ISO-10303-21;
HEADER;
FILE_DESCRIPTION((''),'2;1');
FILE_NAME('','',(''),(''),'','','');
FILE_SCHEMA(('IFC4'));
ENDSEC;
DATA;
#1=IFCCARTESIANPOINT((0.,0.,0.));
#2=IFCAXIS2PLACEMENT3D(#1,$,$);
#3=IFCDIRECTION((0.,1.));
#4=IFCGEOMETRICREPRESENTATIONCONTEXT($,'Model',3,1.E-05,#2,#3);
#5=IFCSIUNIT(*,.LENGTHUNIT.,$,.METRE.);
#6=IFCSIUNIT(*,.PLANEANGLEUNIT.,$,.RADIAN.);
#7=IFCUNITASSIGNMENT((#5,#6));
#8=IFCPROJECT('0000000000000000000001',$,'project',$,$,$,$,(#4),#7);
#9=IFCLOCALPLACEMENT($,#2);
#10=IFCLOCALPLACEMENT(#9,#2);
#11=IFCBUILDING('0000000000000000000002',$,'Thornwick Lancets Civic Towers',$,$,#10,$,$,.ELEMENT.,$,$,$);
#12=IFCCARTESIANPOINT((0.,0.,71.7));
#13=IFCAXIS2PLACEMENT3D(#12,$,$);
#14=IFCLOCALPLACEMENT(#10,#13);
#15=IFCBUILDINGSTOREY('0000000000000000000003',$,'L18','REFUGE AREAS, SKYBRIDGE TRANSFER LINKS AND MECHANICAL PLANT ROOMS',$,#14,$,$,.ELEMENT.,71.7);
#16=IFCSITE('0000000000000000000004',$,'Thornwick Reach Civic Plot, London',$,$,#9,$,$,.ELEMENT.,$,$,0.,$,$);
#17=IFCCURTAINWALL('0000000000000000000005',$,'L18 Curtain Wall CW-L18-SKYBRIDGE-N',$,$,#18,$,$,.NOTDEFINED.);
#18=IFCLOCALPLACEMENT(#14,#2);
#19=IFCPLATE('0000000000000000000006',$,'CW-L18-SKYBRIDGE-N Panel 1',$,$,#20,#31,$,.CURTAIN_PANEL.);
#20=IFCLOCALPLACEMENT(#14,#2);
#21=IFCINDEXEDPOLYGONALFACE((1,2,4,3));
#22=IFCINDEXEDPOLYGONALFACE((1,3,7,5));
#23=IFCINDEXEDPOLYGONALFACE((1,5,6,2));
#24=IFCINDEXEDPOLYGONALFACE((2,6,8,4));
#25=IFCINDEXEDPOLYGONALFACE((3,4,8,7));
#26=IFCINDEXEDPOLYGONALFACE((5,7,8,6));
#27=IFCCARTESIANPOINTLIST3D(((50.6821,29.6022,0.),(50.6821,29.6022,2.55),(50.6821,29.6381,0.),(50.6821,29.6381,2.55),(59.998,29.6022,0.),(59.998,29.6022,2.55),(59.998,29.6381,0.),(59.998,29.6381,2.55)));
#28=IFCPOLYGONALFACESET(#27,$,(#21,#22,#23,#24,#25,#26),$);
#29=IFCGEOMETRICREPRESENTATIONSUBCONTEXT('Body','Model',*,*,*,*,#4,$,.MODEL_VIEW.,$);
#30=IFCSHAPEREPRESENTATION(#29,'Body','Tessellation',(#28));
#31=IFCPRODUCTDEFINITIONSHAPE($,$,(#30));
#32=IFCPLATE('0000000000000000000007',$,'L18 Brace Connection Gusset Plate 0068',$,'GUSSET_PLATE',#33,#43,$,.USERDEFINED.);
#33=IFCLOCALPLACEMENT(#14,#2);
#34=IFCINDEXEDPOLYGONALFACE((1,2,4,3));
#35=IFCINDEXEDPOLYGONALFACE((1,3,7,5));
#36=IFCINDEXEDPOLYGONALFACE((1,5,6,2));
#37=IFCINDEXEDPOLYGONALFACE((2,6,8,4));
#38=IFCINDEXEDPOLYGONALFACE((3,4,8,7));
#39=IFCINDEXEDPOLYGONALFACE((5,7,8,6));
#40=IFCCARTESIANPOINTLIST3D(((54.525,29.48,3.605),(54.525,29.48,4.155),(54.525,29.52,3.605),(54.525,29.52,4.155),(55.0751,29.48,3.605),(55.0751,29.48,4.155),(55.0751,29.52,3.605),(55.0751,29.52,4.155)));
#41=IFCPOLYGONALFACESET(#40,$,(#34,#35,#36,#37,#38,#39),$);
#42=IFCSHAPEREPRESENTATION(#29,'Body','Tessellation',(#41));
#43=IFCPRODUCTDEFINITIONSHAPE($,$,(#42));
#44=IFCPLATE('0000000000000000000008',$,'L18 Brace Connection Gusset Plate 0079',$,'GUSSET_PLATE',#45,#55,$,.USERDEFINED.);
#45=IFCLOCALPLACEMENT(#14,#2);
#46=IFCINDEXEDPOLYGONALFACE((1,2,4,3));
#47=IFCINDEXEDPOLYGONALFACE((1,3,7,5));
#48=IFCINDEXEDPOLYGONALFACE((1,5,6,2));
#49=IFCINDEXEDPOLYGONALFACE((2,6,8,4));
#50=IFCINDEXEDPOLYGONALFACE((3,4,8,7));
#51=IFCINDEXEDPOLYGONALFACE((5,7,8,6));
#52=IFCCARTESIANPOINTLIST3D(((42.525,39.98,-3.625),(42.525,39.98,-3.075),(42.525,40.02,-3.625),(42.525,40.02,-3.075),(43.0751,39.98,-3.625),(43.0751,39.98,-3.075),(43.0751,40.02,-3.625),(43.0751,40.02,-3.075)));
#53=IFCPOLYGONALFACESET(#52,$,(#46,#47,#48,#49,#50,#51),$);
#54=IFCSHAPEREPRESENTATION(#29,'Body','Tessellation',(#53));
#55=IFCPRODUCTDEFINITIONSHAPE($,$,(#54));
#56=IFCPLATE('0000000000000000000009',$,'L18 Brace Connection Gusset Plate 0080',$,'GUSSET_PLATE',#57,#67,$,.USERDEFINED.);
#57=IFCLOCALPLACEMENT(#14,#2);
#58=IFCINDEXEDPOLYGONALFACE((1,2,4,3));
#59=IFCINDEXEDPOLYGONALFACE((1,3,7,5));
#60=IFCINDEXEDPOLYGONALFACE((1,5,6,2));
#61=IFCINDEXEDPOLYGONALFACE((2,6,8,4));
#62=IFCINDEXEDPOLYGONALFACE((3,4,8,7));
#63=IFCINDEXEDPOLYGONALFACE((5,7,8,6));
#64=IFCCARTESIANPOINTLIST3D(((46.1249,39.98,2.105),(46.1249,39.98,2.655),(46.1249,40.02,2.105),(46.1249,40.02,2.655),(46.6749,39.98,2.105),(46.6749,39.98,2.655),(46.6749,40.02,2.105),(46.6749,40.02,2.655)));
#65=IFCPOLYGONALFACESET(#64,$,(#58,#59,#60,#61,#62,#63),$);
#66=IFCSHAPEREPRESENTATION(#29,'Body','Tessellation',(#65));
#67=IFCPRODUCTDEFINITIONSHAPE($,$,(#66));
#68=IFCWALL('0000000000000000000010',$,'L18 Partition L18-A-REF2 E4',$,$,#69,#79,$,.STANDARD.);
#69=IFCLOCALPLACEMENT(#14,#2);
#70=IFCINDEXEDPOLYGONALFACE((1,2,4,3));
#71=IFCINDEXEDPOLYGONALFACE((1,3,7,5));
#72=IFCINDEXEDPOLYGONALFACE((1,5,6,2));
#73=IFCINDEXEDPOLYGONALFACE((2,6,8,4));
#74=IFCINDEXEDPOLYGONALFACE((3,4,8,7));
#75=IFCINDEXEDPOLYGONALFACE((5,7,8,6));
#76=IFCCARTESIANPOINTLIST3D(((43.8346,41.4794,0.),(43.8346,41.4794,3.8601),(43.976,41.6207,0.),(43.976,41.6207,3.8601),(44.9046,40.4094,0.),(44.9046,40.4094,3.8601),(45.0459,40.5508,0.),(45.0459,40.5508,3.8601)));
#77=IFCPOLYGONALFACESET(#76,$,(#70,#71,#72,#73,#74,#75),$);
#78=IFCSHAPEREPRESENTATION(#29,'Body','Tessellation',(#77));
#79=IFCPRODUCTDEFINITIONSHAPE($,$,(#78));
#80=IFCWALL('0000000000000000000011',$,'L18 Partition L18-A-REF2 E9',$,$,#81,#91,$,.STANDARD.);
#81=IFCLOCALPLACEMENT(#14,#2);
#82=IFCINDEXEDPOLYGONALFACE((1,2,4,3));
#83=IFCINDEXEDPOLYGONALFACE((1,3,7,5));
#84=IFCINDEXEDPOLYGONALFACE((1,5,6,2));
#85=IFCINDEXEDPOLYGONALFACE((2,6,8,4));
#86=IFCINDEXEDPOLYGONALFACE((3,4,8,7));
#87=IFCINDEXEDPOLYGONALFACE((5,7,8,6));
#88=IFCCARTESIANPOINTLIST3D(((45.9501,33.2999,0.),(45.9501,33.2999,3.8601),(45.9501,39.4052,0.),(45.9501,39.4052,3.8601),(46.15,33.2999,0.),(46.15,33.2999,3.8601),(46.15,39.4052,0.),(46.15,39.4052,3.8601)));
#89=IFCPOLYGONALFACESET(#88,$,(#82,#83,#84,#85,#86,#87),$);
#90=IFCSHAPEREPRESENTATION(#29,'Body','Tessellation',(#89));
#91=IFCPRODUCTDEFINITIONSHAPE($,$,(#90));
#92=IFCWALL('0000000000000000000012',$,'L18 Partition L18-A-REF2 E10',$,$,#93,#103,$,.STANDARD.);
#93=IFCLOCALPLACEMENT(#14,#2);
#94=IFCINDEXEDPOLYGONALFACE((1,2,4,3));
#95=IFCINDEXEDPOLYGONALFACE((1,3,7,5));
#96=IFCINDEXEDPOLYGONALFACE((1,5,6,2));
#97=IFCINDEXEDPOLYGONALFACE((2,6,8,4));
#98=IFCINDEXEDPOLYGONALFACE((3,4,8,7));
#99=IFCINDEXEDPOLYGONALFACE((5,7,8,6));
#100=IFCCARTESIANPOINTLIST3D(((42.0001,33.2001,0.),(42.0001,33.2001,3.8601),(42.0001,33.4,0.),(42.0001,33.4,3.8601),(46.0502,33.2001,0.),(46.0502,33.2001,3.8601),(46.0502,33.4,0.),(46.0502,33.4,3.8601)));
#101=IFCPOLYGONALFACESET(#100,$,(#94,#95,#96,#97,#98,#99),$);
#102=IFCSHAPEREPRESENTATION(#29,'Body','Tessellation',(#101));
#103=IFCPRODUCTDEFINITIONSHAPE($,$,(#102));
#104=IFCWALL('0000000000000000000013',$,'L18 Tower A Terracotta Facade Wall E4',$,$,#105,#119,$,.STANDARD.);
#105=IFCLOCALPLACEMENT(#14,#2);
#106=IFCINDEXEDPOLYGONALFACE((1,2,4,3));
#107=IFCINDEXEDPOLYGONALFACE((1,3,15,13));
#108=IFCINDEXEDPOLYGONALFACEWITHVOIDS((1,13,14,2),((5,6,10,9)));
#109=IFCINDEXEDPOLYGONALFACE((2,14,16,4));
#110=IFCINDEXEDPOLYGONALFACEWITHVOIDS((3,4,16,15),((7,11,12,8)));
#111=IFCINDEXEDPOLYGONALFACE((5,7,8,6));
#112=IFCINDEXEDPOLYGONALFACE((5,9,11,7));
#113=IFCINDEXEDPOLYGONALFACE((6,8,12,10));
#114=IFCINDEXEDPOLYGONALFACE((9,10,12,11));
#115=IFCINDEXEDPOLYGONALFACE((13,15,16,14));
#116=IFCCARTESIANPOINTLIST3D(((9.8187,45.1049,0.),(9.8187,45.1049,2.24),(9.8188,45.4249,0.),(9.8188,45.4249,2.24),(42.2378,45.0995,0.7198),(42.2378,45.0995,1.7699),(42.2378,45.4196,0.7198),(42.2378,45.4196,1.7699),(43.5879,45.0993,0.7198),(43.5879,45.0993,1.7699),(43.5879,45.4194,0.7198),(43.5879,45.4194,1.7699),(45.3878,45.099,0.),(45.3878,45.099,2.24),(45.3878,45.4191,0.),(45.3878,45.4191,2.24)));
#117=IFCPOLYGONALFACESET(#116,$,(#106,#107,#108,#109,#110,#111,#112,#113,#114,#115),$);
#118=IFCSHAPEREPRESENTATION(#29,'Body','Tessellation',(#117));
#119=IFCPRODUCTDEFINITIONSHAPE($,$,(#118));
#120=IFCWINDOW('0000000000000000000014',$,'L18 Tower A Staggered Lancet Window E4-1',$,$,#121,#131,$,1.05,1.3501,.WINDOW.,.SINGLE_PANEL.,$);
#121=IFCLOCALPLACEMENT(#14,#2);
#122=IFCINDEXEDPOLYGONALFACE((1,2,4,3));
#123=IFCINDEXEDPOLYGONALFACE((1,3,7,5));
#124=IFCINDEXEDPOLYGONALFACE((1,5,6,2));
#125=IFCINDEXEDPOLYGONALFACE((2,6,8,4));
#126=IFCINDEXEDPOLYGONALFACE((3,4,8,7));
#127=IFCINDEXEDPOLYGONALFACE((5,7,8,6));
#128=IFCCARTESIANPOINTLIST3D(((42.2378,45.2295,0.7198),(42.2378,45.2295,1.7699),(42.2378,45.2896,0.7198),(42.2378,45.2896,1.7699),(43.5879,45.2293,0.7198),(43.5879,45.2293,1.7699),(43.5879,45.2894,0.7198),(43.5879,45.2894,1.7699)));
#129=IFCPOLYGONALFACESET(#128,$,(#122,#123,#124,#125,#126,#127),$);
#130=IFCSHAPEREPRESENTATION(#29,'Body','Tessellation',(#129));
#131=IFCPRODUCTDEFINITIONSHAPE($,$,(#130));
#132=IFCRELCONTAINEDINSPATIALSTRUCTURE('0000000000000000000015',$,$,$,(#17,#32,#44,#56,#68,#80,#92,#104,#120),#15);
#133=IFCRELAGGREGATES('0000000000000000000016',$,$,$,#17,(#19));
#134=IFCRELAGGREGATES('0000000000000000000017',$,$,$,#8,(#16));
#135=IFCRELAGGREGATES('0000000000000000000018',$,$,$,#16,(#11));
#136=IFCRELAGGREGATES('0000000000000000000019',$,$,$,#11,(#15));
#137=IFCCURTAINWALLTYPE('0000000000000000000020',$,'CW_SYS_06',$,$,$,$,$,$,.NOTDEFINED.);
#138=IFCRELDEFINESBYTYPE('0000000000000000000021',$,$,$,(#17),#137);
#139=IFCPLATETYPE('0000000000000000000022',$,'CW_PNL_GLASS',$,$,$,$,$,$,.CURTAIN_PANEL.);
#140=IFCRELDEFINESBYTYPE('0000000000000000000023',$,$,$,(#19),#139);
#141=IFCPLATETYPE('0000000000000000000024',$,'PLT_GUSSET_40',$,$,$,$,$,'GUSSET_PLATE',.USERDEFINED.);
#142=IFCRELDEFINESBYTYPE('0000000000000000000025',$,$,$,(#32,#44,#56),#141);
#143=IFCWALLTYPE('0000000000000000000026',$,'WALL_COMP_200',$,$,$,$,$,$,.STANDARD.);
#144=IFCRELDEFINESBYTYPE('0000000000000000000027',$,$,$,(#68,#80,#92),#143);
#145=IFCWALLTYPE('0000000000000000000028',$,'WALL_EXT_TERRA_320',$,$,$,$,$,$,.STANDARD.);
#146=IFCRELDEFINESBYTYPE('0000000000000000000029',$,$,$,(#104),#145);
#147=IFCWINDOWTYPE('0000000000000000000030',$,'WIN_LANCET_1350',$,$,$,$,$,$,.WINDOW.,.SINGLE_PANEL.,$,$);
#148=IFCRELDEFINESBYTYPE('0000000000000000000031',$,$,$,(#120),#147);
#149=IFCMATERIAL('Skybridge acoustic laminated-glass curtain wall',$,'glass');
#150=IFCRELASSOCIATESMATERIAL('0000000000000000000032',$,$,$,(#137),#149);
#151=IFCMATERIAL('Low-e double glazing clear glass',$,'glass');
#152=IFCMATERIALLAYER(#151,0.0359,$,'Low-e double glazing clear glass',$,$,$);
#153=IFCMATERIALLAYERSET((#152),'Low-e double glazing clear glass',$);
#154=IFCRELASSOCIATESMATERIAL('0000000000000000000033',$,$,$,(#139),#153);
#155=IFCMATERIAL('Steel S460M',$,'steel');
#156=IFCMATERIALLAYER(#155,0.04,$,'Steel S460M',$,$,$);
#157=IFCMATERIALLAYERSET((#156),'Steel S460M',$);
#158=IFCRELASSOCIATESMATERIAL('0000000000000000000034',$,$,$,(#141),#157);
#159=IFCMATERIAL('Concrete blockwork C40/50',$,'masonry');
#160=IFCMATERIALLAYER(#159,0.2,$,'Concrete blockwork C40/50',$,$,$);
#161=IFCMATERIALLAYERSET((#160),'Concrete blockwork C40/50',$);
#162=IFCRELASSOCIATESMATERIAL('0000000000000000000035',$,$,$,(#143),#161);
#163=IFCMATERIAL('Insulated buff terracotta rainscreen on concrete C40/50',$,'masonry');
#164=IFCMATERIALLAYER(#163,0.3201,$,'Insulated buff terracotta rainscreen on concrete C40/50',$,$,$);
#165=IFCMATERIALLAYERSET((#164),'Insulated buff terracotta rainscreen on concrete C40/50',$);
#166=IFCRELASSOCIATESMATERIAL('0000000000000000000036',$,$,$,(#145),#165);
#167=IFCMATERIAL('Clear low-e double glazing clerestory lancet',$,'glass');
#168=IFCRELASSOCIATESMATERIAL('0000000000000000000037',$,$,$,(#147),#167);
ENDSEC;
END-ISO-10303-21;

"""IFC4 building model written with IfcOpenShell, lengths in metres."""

from ifc_helpers import new_model, si_unit, direction, frame, frame_2d, origin, origin_2d, place, context, subcontext, project, spatial, rectangle, extrude, material, layer, layer_set, type_object, element, fill, aggregate, save


model = new_model("IFC4")

# Units and contexts
model_context = context("Model", 3, precision=1e-05, world=origin(), true_north=direction((0.0, 1.0)))
body_context = subcontext(model_context, "Body", "Model", "MODEL_VIEW")
ifc_project = project(units=[si_unit("LENGTHUNIT", "METRE"), si_unit("PLANEANGLEUNIT", "RADIAN")], contexts=[model_context])

# Site, building, storey
site_placement = place(None, origin())
site = spatial("IfcSite", under=ifc_project, at=site_placement, Name="Thornwick Reach Civic Plot, London", CompositionType="ELEMENT", RefElevation=0.0)
building_placement = place(site_placement, origin())
building = spatial("IfcBuilding", under=site, at=building_placement, Name="Thornwick Lancets Civic Towers", CompositionType="ELEMENT")
storey_placement = place(building_placement, frame((0.0, 0.0, 71.7)))
storey = spatial("IfcBuildingStorey", under=building, at=storey_placement, Name="L18", Description="REFUGE AREAS, SKYBRIDGE TRANSFER LINKS AND MECHANICAL PLANT ROOMS", CompositionType="ELEMENT", Elevation=71.7)

# Shared definitions
ifc_material_1 = material(Name="Steel S460M", Category="steel")

# Curtain wall
ifc_material_2 = material(Name="Skybridge acoustic laminated-glass curtain wall", Category="glass")
curtain_wall_type_1 = type_object("IfcCurtainWallType", Name="CW_SYS_06", PredefinedType="NOTDEFINED", material=ifc_material_2)
curtain_wall_1_placement = place(storey_placement, origin())
curtain_wall_1 = element("IfcCurtainWall", 1, at=curtain_wall_1_placement, inside=storey, type_object=curtain_wall_type_1, Name="L18 Curtain Wall CW-L18-SKYBRIDGE-N", PredefinedType="NOTDEFINED")

# Plate
ifc_material_3 = material(Name="Low-e double glazing clear glass", Category="glass")
ifc_layer_1 = layer(ifc_material_3, 0.0359, Name="Low-e double glazing clear glass")
ifc_layer_set_1 = layer_set([ifc_layer_1], Name="Low-e double glazing clear glass")
plate_type_1 = type_object("IfcPlateType", Name="CW_PNL_GLASS", PredefinedType="CURTAIN_PANEL", material=ifc_layer_set_1)
plate_1_placement = place(storey_placement, frame((55.3401, 29.6201, 0.0), z_axis=(0.0, 0.0, 1.0), x_axis=(-1.0, 0.0, 0.0)))
plate_1 = element("IfcPlate", 2, at=plate_1_placement, type_object=plate_type_1, Name="CW-L18-SKYBRIDGE-N Panel 1", PredefinedType="CURTAIN_PANEL", context=body_context, shape_type="SweptSolid", body=[
    extrude(rectangle(XDim=9.3159, YDim=0.0359, at=origin_2d()), origin(), (0.0, 0.0, 1.0), 2.55),
])
aggregate(curtain_wall_1, [plate_1])

# Plates
ifc_layer_2 = layer(ifc_material_1, 0.04, Name="Steel S460M")
ifc_layer_set_2 = layer_set([ifc_layer_2], Name="Steel S460M")
plate_type_2 = type_object("IfcPlateType", Name="PLT_GUSSET_40", ElementType="GUSSET_PLATE", PredefinedType="USERDEFINED", material=ifc_layer_set_2)
for number, where, z_axis, x_axis, name in (
    (3, (54.8, 29.5, 3.605), (0.0, 0.0, 1.0), (1.0, 0.0, 0.0), "L18 Brace Connection Gusset Plate 0068"),
    (4, (42.8, 40.0, -3.625), (0.0, 0.0, 1.0), (1.0, 0.0, 0.0), "L18 Brace Connection Gusset Plate 0079"),
    (5, (46.3999, 40.0, 2.105), (0.0, 0.0, 1.0), (1.0, 0.0, 0.0), "L18 Brace Connection Gusset Plate 0080"),
):
    element("IfcPlate", number, at=place(storey_placement, frame(where, z_axis=z_axis, x_axis=x_axis)), inside=storey, type_object=plate_type_2, Name=name, ObjectType="GUSSET_PLATE", PredefinedType="USERDEFINED", context=body_context, shape_type="SweptSolid", body=[
        extrude(rectangle(XDim=0.55, YDim=0.04, at=origin_2d()), origin(), (0.0, 0.0, 1.0), 0.55),
    ])

# Walls
ifc_material_4 = material(Name="Concrete blockwork C40/50", Category="masonry")
ifc_layer_3 = layer(ifc_material_4, 0.2, Name="Concrete blockwork C40/50")
ifc_layer_set_3 = layer_set([ifc_layer_3], Name="Concrete blockwork C40/50")
wall_type_1 = type_object("IfcWallType", Name="WALL_COMP_200", PredefinedType="STANDARD", material=ifc_layer_set_3)
wall_1_placement = place(storey_placement, frame((43.9053, 41.55, 0.0), z_axis=(0.0, 0.0, 1.0), x_axis=(0.707107, -0.707107, 0.0)))
element("IfcWall", 6, at=wall_1_placement, inside=storey, type_object=wall_type_1, Name="L18 Partition L18-A-REF2 E4", PredefinedType="STANDARD", context=body_context, shape_type="SweptSolid", body=[
    extrude(rectangle(XDim=1.5132, YDim=0.2, at=frame_2d((0.7566, 0.0))), origin(), (0.0, 0.0, 1.0), 3.8601),
])
wall_2_placement = place(storey_placement, frame((46.05, 39.4053, 0.0), z_axis=(0.0, 0.0, 1.0), x_axis=(0.0, -1.0, 0.0)))
element("IfcWall", 7, at=wall_2_placement, inside=storey, type_object=wall_type_1, Name="L18 Partition L18-A-REF2 E9", PredefinedType="STANDARD", context=body_context, shape_type="SweptSolid", body=[
    extrude(rectangle(XDim=6.1052, YDim=0.2, at=frame_2d((3.0527, 0.0))), origin(), (0.0, 0.0, 1.0), 3.8601),
])
wall_3_placement = place(storey_placement, frame((46.05, 33.3, 0.0), z_axis=(0.0, 0.0, 1.0), x_axis=(-1.0, 0.0, 0.0)))
element("IfcWall", 8, at=wall_3_placement, inside=storey, type_object=wall_type_1, Name="L18 Partition L18-A-REF2 E10", PredefinedType="STANDARD", context=body_context, shape_type="SweptSolid", body=[
    extrude(rectangle(XDim=4.05, YDim=0.2, at=frame_2d((2.0249, 0.0))), origin(), (0.0, 0.0, 1.0), 3.8601),
])

# Wall, opening, window
ifc_material_5 = material(Name="Insulated buff terracotta rainscreen on concrete C40/50", Category="masonry")
ifc_layer_4 = layer(ifc_material_5, 0.3201, Name="Insulated buff terracotta rainscreen on concrete C40/50")
ifc_layer_set_4 = layer_set([ifc_layer_4], Name="Insulated buff terracotta rainscreen on concrete C40/50")
wall_type_2 = type_object("IfcWallType", Name="WALL_EXT_TERRA_320", PredefinedType="STANDARD", material=ifc_layer_set_4)
wall_4_placement = place(storey_placement, frame((45.3879, 45.259, 0.0), z_axis=(0.0, 0.0, 1.0), x_axis=(-1.0, 0.000165, 0.0)))
wall_4 = element("IfcWall", 9, at=wall_4_placement, inside=storey, type_object=wall_type_2, Name="L18 Tower A Terracotta Facade Wall E4", PredefinedType="STANDARD", context=body_context, shape_type="SweptSolid", body=[
    extrude(rectangle(XDim=35.5691, YDim=0.3201, at=frame_2d((17.7847, 0.0))), origin(), (0.0, 0.0, 1.0), 2.24),
])
opening_placement = place(wall_4_placement, frame((1.8, 0.0, 0.72)))
opening = element("IfcOpeningElement", 10, at=opening_placement, cuts=wall_4, PredefinedType="OPENING", context=body_context, shape_type="SweptSolid", body=[
    extrude(rectangle(XDim=1.3501, YDim=1.05, at=frame_2d((0.675, 0.5249))), frame((0.0, 0.1699, 0.0), z_axis=(0.0, -1.0, 0.0), x_axis=(1.0, 0.0, 0.0)), (0.0, 0.0, 1.0), 0.3401),
])
ifc_material_6 = material(Name="Clear low-e double glazing clerestory lancet", Category="glass")
window_type = type_object("IfcWindowType", Name="WIN_LANCET_1350", PartitioningType="SINGLE_PANEL", PredefinedType="WINDOW", material=ifc_material_6)
window_placement = place(opening_placement, origin())
window = element("IfcWindow", 11, at=window_placement, inside=storey, type_object=window_type, Name="L18 Tower A Staggered Lancet Window E4-1", OverallHeight=1.05, OverallWidth=1.3501, PartitioningType="SINGLE_PANEL", PredefinedType="WINDOW", context=body_context, shape_type="SweptSolid", body=[
    extrude(rectangle(XDim=1.3501, YDim=1.05, at=frame_2d((0.675, 0.5249))), frame((0.0, 0.03, 0.0), z_axis=(0.0, -1.0, 0.0), x_axis=(1.0, 0.0, 0.0)), (0.0, 0.0, 1.0), 0.0601),
])
fill(opening, window)

save(model, "model.ifc")
